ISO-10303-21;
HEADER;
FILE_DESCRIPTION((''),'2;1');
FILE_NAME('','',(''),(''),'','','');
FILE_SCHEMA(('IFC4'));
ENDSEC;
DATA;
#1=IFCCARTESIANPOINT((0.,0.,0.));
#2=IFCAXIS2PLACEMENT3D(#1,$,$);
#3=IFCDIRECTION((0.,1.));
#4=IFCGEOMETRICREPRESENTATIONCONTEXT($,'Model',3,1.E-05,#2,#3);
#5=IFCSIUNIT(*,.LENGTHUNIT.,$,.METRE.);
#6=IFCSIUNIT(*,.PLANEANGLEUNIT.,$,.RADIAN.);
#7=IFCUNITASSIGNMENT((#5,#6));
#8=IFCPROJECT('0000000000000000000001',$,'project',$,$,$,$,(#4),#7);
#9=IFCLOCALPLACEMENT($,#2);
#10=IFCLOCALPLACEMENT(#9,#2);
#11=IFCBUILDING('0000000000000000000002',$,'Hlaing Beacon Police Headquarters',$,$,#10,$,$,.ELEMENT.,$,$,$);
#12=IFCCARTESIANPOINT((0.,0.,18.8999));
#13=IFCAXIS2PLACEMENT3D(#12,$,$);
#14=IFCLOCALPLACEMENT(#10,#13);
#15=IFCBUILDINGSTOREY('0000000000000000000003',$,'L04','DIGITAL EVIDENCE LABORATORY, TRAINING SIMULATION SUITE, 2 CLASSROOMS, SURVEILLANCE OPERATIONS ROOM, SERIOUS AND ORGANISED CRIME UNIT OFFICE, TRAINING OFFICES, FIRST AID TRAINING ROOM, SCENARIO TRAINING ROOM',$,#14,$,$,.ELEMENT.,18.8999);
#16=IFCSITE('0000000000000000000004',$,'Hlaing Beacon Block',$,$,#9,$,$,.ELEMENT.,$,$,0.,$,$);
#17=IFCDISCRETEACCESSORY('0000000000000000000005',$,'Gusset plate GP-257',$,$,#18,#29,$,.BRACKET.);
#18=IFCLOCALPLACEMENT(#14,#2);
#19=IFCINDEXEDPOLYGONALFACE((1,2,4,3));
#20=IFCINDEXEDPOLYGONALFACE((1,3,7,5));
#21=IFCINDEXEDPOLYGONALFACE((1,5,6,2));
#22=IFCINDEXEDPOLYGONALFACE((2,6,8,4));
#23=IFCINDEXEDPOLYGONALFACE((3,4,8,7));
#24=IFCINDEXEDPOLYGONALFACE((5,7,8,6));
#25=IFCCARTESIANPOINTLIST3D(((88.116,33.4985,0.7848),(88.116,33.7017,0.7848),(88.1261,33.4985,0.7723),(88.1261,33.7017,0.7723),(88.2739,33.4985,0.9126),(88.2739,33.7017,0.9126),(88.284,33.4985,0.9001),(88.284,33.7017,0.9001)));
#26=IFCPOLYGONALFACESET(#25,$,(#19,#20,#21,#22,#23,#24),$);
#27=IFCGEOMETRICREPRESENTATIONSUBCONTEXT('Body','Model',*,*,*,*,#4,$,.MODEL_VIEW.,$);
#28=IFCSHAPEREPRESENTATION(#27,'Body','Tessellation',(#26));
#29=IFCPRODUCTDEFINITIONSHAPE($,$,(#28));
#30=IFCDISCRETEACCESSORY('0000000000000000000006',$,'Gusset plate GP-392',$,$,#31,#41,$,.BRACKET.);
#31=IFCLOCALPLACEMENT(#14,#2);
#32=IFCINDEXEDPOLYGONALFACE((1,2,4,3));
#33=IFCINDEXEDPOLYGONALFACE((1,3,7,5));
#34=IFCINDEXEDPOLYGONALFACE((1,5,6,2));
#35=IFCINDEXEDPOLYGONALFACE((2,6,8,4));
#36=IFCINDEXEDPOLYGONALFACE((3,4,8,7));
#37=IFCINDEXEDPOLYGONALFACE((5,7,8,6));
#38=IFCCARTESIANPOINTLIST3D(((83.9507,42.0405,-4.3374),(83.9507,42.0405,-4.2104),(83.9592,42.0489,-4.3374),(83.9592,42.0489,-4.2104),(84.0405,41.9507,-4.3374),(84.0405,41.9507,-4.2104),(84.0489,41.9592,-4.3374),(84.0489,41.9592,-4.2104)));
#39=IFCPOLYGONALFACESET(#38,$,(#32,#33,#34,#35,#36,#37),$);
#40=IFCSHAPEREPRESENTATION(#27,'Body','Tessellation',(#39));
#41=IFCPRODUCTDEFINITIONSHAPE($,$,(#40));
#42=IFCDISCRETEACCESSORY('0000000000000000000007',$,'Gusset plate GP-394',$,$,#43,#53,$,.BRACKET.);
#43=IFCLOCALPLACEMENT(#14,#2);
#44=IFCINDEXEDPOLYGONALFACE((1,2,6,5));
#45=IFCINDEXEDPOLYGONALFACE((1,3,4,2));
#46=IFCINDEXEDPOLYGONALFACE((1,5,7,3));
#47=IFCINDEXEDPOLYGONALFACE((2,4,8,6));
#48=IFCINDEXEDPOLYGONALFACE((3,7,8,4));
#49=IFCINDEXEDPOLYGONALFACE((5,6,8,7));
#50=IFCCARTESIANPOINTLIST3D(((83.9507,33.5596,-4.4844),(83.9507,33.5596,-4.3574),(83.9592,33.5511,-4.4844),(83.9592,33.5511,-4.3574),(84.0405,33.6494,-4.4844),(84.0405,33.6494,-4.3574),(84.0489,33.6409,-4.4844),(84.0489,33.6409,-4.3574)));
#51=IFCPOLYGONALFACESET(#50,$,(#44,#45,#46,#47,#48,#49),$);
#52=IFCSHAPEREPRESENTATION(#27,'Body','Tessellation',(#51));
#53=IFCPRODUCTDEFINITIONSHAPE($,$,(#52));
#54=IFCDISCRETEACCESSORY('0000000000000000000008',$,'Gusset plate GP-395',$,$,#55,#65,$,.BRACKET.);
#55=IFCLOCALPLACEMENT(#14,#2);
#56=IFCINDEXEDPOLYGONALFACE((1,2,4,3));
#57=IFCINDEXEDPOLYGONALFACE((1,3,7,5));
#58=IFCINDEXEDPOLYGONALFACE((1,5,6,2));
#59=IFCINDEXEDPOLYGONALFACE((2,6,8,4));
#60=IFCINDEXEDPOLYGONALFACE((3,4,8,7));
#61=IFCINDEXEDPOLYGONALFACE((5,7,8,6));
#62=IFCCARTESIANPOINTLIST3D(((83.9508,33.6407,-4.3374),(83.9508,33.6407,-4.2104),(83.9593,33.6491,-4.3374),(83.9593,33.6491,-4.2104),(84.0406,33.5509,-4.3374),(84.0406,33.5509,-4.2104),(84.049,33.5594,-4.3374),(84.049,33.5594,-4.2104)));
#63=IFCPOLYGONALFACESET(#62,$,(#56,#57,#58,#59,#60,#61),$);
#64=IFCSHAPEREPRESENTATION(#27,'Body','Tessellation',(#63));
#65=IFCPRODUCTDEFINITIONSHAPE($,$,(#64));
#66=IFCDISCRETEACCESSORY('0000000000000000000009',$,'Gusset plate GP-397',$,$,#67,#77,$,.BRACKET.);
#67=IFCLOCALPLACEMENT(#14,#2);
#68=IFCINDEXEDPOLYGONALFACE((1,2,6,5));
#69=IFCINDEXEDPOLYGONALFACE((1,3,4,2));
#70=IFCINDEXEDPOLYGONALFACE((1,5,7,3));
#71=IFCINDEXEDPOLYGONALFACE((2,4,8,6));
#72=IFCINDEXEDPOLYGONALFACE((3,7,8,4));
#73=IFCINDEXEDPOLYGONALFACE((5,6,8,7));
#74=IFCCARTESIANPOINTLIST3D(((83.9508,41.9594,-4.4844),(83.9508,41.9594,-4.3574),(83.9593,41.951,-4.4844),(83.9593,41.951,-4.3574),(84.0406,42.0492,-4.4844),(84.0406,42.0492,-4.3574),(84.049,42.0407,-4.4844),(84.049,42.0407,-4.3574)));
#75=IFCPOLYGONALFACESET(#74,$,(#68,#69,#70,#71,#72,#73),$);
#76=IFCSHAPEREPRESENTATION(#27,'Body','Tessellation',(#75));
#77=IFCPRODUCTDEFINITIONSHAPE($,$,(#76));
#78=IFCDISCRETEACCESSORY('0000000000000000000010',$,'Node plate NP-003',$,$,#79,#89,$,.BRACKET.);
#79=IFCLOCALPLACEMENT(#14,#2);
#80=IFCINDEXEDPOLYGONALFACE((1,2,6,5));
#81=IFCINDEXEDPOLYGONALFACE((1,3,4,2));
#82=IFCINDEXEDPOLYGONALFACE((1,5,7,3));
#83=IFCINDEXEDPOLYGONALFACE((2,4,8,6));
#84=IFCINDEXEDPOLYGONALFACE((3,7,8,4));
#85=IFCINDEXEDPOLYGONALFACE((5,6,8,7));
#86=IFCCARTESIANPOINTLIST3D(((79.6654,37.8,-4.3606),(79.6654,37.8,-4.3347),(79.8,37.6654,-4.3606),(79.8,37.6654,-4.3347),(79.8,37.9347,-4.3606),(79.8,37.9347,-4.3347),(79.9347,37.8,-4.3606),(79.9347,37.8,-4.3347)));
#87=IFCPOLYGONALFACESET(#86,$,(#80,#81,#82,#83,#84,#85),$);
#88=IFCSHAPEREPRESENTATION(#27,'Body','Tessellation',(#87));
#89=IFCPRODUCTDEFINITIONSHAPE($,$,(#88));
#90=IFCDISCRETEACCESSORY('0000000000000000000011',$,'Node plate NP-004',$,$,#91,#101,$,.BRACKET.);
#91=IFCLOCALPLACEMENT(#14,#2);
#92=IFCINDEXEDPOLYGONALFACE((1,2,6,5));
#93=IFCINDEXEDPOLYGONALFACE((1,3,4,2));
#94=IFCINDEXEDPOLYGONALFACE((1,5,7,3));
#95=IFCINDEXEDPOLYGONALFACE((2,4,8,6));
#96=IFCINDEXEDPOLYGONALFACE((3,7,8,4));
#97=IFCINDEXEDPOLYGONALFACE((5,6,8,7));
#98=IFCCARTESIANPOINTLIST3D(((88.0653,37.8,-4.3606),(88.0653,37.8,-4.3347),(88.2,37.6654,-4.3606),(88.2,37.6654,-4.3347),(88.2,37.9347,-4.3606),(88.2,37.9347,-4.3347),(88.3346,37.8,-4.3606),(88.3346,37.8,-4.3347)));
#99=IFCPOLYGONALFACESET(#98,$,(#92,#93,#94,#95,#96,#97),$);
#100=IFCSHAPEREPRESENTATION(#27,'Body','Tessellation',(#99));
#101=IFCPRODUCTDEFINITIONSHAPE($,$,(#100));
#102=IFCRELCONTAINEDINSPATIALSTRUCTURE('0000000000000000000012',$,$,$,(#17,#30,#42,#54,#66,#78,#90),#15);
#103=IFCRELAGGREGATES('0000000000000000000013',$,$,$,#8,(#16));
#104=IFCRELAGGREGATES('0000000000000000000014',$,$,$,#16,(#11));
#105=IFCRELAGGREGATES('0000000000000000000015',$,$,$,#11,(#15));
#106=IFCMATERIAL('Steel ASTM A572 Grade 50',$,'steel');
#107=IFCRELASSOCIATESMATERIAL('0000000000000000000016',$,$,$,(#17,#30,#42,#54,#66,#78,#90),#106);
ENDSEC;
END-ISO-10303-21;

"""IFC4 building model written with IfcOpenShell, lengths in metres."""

from ifc_helpers import new_model, si_unit, direction, frame, origin, origin_2d, place, context, subcontext, project, spatial, rectangle, extrude, material, element, save


model = new_model("IFC4")

# Units and contexts
model_context = context("Model", 3, precision=1e-05, world=origin(), true_north=direction((0.0, 1.0)))
body_context = subcontext(model_context, "Body", "Model", "MODEL_VIEW")
ifc_project = project(units=[si_unit("LENGTHUNIT", "METRE"), si_unit("PLANEANGLEUNIT", "RADIAN")], contexts=[model_context])

# Site, building, storey
site_placement = place(None, origin())
site = spatial("IfcSite", under=ifc_project, at=site_placement, Name="Hlaing Beacon Block", CompositionType="ELEMENT", RefElevation=0.0)
building_placement = place(site_placement, origin())
building = spatial("IfcBuilding", under=site, at=building_placement, Name="Hlaing Beacon Police Headquarters", CompositionType="ELEMENT")
storey_placement = place(building_placement, frame((0.0, 0.0, 18.8999)))
storey = spatial("IfcBuildingStorey", under=building, at=storey_placement, Name="L04", Description="DIGITAL EVIDENCE LABORATORY, TRAINING SIMULATION SUITE, 2 CLASSROOMS, SURVEILLANCE OPERATIONS ROOM, SERIOUS AND ORGANISED CRIME UNIT OFFICE, TRAINING OFFICES, FIRST AID TRAINING ROOM, SCENARIO TRAINING ROOM", CompositionType="ELEMENT", Elevation=18.8999)

# Discrete accessories
ifc_material_1 = material(Name="Steel ASTM A572 Grade 50", Category="steel")
for number, where, z_axis, x_axis, name in (
    (1, (88.2051, 33.6001, 0.8362), (-0.629087, 0.0, 0.777335), (0.0, -1.0, 0.0), "Gusset plate GP-257"),
):
    element("IfcDiscreteAccessory", number, at=place(storey_placement, frame(where, z_axis=z_axis, x_axis=x_axis)), inside=storey, material=ifc_material_1, Name=name, PredefinedType="BRACKET", context=body_context, shape_type="SweptSolid", body=[
        extrude(rectangle(XDim=0.2031, YDim=0.2031, at=origin_2d()), origin(), (0.0, 0.0, 1.0), 0.0161),
    ])
for number, where, z_axis, x_axis, name in (
    (2, (83.9956, 41.9956, -4.2739), (0.707107, 0.707107, 0.0), (-0.707107, 0.707107, 0.0), "Gusset plate GP-392"),
    (3, (83.9956, 33.6045, -4.4209), (0.707107, -0.707107, 0.0), (0.707107, 0.707107, 0.0), "Gusset plate GP-394"),
    (4, (84.0042, 33.6042, -4.2739), (-0.707107, -0.707107, 0.0), (0.707107, -0.707107, 0.0), "Gusset plate GP-395"),
    (5, (84.0042, 41.9958, -4.4209), (-0.707107, 0.707107, 0.0), (-0.707107, -0.707107, 0.0), "Gusset plate GP-397"),
):
    element("IfcDiscreteAccessory", number, at=place(storey_placement, frame(where, z_axis=z_axis, x_axis=x_axis)), inside=storey, material=ifc_material_1, Name=name, PredefinedType="BRACKET", context=body_context, shape_type="SweptSolid", body=[
        extrude(rectangle(XDim=0.127, YDim=0.127, at=origin_2d()), origin(), (0.0, 0.0, 1.0), 0.012),
    ])
for number, where, z_axis, x_axis, name in (
    (6, (79.8, 37.8, -4.3606), (0.0, 0.0, 1.0), (0.707107, 0.707107, 0.0), "Node plate NP-003"),
    (7, (88.2, 37.8, -4.3606), (0.0, 0.0, 1.0), (0.707107, 0.707107, 0.0), "Node plate NP-004"),
):
    element("IfcDiscreteAccessory", number, at=place(storey_placement, frame(where, z_axis=z_axis, x_axis=x_axis)), inside=storey, material=ifc_material_1, Name=name, PredefinedType="BRACKET", context=body_context, shape_type="SweptSolid", body=[
        extrude(rectangle(XDim=0.1904, YDim=0.1904, at=origin_2d()), origin(), (0.0, 0.0, 1.0), 0.0259),
    ])

save(model, "model.ifc")
